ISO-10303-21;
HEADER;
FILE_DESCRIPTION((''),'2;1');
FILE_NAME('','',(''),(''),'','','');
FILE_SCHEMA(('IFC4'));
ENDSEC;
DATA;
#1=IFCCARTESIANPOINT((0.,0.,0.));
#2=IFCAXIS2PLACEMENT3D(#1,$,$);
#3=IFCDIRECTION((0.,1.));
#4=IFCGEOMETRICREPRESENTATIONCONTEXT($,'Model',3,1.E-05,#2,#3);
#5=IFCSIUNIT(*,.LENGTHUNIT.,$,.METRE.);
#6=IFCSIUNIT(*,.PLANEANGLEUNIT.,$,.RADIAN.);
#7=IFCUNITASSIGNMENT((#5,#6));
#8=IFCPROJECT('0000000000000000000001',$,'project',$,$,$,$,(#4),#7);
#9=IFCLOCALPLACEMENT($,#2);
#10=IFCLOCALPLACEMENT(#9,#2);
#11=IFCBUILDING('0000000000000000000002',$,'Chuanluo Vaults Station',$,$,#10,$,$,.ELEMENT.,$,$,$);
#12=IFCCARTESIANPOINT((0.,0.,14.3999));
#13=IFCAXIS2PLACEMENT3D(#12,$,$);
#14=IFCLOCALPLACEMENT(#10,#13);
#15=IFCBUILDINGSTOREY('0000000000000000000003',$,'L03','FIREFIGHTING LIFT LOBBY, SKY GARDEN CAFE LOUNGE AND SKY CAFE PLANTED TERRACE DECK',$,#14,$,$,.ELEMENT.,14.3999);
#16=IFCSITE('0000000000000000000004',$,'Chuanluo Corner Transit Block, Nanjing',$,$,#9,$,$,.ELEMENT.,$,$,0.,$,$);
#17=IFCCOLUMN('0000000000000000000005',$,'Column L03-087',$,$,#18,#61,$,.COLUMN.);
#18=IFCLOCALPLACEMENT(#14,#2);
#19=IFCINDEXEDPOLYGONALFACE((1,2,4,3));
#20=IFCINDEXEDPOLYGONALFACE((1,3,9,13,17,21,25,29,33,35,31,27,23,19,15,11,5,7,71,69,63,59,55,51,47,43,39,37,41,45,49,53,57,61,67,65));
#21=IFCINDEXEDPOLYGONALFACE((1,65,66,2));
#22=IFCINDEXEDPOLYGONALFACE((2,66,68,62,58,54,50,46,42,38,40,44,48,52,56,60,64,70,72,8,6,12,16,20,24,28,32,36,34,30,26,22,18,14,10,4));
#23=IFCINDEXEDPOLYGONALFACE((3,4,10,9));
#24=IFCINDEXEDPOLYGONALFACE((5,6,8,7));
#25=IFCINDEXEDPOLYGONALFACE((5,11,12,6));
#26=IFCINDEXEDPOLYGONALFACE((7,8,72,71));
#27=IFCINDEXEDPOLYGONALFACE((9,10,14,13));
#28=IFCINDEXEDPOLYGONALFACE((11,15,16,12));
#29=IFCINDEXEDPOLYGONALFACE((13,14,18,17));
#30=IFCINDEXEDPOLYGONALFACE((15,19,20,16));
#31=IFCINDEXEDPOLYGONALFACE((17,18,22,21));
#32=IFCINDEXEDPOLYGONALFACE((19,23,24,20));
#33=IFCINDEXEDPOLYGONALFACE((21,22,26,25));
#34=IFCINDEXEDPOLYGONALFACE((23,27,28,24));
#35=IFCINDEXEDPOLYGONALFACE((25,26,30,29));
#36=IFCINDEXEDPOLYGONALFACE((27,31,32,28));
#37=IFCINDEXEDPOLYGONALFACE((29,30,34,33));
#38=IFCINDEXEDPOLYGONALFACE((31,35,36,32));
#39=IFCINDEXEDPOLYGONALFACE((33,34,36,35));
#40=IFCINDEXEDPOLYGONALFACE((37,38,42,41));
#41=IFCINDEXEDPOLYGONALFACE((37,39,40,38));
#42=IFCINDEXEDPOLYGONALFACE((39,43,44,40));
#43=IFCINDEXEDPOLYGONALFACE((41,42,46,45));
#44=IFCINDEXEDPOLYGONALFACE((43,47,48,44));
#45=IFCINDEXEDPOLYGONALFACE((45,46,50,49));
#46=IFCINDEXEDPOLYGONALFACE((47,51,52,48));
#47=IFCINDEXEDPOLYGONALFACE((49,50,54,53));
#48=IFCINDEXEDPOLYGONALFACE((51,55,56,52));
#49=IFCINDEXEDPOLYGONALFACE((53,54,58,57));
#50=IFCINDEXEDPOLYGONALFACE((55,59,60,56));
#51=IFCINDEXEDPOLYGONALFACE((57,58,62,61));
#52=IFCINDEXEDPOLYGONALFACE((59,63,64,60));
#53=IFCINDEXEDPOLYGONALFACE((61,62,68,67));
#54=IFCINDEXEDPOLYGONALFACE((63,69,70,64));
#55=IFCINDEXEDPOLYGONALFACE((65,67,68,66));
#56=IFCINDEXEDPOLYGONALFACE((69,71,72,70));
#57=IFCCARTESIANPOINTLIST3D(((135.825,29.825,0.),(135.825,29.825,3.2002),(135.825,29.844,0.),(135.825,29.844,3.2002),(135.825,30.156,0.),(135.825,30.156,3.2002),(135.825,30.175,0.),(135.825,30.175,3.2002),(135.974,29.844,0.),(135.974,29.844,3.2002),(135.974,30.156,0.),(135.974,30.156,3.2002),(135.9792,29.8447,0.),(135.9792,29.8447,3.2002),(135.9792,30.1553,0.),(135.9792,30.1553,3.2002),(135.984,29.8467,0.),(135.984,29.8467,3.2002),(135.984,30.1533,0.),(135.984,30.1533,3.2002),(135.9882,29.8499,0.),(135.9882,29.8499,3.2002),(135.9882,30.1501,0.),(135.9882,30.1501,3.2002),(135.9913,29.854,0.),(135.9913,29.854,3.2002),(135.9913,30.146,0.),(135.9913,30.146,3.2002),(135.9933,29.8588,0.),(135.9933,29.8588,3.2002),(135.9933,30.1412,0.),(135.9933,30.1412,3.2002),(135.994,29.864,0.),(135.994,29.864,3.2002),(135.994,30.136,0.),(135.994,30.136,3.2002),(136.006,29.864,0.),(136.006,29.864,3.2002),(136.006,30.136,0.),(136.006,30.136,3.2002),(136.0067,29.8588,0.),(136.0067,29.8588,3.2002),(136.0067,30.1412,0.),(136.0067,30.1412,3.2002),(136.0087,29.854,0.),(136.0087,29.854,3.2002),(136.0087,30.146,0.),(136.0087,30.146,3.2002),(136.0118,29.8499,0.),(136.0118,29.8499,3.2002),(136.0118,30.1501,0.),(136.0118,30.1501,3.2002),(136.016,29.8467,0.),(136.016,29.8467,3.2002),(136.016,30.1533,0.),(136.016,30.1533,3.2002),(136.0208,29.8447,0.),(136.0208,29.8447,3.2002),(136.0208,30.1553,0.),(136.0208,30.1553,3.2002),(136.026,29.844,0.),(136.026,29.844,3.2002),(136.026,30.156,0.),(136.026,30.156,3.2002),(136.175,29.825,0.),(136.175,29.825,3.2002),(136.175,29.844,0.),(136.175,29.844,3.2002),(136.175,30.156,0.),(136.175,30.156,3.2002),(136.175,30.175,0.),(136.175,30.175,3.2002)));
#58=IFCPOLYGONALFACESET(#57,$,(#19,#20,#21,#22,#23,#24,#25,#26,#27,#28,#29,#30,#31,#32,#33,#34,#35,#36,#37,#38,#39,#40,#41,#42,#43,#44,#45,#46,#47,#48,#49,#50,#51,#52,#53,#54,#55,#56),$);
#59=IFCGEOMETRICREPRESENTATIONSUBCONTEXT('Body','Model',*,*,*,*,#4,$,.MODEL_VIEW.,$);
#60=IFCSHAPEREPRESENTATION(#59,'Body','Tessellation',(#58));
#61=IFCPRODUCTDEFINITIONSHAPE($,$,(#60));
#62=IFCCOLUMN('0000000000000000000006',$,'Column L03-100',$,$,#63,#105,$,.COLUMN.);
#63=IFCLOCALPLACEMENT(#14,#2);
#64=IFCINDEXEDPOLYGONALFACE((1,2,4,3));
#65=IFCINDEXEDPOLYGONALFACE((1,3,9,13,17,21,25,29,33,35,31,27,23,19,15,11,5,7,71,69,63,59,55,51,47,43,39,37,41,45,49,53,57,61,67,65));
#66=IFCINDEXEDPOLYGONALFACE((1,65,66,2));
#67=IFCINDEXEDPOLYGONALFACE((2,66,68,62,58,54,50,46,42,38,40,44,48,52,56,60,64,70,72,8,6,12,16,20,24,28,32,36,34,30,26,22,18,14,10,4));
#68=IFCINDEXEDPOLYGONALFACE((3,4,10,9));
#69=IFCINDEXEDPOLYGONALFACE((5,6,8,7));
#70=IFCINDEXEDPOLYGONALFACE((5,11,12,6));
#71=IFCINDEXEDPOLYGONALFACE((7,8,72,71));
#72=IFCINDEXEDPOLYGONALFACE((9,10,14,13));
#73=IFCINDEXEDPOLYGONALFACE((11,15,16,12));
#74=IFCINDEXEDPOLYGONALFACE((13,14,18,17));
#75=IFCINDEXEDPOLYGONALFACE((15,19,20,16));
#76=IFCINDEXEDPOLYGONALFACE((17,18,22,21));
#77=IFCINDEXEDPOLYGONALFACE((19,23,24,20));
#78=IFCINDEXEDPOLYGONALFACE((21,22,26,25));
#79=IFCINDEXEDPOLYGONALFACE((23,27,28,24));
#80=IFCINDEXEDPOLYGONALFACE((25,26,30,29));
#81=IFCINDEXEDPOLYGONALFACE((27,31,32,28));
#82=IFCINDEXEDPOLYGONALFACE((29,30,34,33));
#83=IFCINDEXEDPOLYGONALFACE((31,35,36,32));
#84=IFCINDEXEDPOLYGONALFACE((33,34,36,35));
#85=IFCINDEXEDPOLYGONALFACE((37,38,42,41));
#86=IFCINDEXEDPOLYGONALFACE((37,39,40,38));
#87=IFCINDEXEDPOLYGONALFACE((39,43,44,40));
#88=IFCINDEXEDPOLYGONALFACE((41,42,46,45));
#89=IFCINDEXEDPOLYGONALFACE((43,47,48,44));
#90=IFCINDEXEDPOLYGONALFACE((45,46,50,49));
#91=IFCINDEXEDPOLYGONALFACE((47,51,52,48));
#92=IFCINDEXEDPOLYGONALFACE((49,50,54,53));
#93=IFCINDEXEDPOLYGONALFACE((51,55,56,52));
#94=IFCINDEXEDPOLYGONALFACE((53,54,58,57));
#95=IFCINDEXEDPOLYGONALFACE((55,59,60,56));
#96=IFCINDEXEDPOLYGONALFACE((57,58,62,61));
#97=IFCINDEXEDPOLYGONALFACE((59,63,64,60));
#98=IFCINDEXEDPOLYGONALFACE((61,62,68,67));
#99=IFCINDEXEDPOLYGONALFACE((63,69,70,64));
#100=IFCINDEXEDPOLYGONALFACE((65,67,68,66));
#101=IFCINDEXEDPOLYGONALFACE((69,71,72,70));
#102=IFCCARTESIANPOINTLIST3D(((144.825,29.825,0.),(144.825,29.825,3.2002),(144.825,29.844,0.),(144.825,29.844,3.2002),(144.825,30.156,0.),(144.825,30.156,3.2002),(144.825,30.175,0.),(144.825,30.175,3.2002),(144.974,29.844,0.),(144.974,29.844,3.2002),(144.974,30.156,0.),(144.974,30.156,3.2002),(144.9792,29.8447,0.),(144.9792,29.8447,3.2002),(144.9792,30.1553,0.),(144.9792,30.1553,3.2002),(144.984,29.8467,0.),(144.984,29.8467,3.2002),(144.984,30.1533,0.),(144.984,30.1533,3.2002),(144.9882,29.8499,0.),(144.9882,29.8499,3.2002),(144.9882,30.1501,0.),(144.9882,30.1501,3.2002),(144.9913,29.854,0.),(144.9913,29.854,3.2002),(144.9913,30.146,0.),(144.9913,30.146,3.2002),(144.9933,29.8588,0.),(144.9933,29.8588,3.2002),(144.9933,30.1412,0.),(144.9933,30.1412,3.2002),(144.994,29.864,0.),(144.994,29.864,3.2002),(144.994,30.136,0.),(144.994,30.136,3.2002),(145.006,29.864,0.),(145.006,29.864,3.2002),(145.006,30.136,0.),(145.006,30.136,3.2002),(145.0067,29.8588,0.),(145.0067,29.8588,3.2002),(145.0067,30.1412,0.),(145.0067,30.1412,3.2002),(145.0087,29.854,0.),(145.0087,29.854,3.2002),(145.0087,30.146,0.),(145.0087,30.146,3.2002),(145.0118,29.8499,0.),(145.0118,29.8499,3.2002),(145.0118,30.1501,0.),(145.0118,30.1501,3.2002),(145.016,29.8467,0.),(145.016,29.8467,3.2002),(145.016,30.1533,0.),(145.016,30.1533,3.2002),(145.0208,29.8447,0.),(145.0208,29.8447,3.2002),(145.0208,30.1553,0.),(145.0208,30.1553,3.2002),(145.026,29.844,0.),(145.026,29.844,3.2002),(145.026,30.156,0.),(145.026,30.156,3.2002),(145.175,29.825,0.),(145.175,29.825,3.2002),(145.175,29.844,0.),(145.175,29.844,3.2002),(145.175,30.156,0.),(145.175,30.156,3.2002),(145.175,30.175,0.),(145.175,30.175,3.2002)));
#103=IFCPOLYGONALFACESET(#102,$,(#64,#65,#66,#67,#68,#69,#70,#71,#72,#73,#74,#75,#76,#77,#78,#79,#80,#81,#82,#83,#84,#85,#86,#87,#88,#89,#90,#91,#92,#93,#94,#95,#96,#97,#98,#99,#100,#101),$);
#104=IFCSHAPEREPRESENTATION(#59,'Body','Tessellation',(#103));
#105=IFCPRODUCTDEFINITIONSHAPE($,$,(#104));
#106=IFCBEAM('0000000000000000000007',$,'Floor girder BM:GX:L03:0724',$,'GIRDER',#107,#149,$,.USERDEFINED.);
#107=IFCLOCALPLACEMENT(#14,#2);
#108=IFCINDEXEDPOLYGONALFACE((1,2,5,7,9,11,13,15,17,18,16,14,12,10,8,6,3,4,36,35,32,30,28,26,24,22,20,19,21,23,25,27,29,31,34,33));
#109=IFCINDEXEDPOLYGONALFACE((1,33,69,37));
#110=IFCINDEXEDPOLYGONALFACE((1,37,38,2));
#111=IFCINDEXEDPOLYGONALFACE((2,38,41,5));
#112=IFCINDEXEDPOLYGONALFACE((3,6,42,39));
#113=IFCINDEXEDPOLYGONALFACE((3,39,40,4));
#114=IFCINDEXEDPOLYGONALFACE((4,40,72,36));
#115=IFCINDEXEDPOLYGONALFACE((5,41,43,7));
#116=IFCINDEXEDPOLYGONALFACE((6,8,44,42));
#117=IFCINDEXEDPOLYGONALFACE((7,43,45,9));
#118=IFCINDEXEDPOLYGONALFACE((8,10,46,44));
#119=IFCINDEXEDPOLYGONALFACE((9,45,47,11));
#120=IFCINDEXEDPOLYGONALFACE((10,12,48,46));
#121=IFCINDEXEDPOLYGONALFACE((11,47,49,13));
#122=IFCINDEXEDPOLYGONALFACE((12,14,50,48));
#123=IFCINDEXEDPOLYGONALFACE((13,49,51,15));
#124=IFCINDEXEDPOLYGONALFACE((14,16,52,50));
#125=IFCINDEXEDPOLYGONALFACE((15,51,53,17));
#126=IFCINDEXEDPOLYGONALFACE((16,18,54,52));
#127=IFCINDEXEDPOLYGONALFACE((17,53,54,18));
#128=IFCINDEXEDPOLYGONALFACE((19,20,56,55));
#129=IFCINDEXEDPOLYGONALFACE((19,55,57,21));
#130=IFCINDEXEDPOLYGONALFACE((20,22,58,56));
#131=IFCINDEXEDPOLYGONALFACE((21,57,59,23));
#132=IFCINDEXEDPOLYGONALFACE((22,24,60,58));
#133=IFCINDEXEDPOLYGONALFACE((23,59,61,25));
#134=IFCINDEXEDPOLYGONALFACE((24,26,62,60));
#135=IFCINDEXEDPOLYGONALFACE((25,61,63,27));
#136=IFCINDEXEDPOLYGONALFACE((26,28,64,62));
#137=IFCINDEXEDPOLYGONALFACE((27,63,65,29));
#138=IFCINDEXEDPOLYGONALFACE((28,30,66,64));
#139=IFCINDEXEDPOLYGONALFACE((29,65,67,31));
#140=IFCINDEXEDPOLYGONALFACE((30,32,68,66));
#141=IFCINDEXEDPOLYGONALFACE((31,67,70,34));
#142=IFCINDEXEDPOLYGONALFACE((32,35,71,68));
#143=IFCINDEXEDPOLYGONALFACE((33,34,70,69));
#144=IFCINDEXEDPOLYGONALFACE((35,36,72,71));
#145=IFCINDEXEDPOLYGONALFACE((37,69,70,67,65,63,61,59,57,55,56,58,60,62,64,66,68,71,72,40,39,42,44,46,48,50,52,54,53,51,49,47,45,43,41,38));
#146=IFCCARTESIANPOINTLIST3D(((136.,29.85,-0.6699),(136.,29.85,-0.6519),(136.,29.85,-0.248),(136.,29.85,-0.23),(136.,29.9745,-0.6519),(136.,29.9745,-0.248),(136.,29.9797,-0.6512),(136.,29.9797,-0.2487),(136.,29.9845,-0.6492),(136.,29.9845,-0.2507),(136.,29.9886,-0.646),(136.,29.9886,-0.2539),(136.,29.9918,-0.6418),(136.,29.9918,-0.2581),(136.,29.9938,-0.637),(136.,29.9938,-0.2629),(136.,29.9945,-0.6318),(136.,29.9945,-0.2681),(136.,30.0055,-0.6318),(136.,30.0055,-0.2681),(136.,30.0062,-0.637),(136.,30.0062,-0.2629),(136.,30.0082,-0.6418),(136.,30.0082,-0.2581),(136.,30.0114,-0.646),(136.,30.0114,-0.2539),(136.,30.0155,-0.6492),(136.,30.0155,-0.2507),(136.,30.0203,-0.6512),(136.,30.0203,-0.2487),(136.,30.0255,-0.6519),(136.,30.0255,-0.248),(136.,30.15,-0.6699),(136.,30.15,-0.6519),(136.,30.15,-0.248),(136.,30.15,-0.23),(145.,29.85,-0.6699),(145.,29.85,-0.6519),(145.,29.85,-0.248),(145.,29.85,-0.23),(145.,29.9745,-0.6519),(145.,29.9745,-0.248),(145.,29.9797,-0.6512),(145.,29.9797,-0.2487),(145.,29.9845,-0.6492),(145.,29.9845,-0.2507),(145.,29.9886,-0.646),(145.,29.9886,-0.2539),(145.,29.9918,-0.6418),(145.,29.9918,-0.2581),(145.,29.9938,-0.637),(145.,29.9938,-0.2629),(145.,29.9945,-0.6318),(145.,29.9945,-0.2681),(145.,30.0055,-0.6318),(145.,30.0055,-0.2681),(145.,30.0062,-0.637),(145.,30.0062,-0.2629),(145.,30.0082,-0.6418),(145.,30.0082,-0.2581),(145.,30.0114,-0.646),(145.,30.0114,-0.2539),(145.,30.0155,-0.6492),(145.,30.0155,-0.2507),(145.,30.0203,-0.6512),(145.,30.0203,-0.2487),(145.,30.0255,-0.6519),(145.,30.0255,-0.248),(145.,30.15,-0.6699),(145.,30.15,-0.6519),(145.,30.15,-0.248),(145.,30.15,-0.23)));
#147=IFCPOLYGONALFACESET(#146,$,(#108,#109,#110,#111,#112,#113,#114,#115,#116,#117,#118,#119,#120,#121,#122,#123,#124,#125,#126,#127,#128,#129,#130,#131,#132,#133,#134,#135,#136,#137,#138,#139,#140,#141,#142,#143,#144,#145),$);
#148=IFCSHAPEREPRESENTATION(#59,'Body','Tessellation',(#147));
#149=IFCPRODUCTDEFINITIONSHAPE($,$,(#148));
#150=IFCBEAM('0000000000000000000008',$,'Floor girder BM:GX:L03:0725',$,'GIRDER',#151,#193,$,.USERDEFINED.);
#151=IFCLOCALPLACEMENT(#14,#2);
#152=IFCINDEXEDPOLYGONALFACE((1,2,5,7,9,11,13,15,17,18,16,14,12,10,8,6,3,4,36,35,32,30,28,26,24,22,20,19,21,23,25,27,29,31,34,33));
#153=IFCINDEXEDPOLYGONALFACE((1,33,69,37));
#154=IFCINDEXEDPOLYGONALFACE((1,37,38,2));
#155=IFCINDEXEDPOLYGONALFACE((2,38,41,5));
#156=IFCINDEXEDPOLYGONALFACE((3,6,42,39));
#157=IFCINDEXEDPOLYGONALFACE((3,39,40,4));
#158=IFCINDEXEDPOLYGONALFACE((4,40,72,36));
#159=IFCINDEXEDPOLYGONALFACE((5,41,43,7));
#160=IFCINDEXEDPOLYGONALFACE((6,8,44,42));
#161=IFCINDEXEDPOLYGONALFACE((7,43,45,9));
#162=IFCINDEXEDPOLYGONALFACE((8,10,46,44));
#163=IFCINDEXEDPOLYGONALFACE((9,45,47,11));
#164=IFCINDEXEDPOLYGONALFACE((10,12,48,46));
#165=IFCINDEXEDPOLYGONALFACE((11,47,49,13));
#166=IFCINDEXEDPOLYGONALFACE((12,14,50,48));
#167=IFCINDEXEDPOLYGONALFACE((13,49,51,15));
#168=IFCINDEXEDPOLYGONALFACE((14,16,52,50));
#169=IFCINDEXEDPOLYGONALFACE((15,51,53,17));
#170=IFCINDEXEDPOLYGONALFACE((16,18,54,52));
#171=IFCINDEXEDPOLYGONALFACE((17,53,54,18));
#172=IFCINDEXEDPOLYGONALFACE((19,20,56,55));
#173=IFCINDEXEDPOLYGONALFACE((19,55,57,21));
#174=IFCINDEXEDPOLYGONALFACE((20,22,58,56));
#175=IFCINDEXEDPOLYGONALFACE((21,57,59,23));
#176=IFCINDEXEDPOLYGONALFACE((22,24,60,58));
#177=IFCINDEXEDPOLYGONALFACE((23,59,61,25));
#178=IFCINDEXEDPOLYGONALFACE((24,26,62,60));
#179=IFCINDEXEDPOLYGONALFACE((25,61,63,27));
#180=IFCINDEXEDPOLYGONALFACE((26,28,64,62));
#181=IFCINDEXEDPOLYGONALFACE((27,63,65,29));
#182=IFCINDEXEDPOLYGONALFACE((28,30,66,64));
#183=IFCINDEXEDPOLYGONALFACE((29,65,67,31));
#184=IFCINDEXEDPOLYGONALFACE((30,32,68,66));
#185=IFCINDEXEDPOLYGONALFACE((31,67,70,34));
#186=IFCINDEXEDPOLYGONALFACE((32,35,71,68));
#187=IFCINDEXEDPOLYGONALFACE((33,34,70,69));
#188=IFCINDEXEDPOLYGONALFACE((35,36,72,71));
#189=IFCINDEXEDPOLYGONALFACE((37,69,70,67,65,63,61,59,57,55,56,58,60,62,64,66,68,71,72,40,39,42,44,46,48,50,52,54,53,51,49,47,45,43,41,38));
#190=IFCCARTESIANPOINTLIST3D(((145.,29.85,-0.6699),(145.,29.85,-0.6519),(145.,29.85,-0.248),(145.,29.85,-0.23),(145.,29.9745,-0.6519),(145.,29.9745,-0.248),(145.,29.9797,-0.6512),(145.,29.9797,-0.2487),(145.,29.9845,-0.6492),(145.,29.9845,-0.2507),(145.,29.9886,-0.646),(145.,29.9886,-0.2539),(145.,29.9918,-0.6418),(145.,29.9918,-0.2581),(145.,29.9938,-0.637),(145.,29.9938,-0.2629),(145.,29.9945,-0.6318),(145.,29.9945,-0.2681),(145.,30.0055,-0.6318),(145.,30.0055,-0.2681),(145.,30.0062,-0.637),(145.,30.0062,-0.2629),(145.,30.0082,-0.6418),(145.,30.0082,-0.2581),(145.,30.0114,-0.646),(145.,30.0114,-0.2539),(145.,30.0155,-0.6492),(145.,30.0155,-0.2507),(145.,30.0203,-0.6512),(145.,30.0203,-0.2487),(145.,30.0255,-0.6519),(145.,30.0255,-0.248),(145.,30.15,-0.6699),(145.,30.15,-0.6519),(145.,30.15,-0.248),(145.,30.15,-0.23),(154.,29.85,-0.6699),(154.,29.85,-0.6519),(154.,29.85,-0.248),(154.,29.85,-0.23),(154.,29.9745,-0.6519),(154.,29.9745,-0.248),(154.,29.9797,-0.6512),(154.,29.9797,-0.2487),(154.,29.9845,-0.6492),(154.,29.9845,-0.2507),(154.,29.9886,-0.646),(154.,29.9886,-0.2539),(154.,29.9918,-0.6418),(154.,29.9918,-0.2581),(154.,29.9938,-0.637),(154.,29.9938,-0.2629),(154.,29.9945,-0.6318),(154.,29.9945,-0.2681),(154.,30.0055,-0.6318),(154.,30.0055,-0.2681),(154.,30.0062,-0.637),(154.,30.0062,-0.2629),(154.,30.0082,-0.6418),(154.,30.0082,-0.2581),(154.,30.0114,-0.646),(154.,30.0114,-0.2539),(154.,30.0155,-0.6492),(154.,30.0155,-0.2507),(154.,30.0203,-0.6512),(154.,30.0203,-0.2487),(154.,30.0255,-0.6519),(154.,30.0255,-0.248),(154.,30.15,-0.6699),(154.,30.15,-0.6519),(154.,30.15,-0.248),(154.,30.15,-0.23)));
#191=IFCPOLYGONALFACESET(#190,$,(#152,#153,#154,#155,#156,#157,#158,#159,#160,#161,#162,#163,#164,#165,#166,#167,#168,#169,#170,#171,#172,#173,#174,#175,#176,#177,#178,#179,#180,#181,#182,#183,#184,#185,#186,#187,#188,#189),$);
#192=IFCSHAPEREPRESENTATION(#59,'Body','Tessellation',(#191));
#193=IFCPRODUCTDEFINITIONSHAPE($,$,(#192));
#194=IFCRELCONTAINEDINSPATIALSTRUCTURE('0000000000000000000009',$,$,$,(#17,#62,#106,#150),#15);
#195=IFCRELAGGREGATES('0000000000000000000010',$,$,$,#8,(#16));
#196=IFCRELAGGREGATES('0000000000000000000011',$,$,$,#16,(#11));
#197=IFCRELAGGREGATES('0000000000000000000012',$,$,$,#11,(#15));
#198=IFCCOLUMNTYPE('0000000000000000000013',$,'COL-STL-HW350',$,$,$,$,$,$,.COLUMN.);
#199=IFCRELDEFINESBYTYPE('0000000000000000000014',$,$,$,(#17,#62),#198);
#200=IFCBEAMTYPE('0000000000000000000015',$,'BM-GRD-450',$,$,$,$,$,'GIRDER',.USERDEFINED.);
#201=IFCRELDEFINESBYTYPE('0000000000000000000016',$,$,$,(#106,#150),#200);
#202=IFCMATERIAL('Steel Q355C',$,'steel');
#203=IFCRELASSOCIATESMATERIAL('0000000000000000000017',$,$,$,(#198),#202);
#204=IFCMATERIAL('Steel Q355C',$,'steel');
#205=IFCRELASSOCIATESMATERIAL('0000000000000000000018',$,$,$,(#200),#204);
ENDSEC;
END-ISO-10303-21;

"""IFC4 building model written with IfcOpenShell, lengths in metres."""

from ifc_helpers import new_model, si_unit, direction, frame, origin, origin_2d, place, context, subcontext, project, spatial, i_section, extrude, material, material_profile, profile_set, type_object, element, save


model = new_model("IFC4")

# Units and contexts
model_context = context("Model", 3, precision=1e-05, world=origin(), true_north=direction((0.0, 1.0)))
body_context = subcontext(model_context, "Body", "Model", "MODEL_VIEW")
ifc_project = project(units=[si_unit("LENGTHUNIT", "METRE"), si_unit("PLANEANGLEUNIT", "RADIAN")], contexts=[model_context])

# Site, building, storey
site_placement = place(None, origin())
site = spatial("IfcSite", under=ifc_project, at=site_placement, Name="Chuanluo Corner Transit Block, Nanjing", CompositionType="ELEMENT", RefElevation=0.0)
building_placement = place(site_placement, origin())
building = spatial("IfcBuilding", under=site, at=building_placement, Name="Chuanluo Vaults Station", CompositionType="ELEMENT")
storey_placement = place(building_placement, frame((0.0, 0.0, 14.3999)))
storey = spatial("IfcBuildingStorey", under=building, at=storey_placement, Name="L03", Description="FIREFIGHTING LIFT LOBBY, SKY GARDEN CAFE LOUNGE AND SKY CAFE PLANTED TERRACE DECK", CompositionType="ELEMENT", Elevation=14.3999)

# Columns
ifc_material_1 = material(Name="Steel Q355C", Category="steel")
ifc_material_profile_1 = material_profile(ifc_material_1, i_section(OverallWidth=0.3501, OverallDepth=0.3501, WebThickness=0.012, FlangeThickness=0.019, FilletRadius=0.02, at=origin_2d()))
ifc_profile_set_1 = profile_set([ifc_material_profile_1], Name="Steel Q355C")
column_type = type_object("IfcColumnType", Name="COL-STL-HW350", PredefinedType="COLUMN", material=ifc_profile_set_1)
for number, where, z_axis, x_axis, name in (
    (1, (136.0, 30.0, 0.0), (0.0, 0.0, 1.0), (1.0, 0.0, 0.0), "Column L03-087"),
    (2, (145.0, 30.0, 0.0), (0.0, 0.0, 1.0), (1.0, 0.0, 0.0), "Column L03-100"),
):
    element("IfcColumn", number, at=place(storey_placement, frame(where, z_axis=z_axis, x_axis=x_axis)), inside=storey, type_object=column_type, Name=name, PredefinedType="COLUMN", context=body_context, shape_type="SweptSolid", body=[
        extrude(i_section(OverallWidth=0.3501, OverallDepth=0.3501, WebThickness=0.012, FlangeThickness=0.019, FilletRadius=0.02, at=origin_2d()), origin(), (0.0, 0.0, 1.0), 3.2002),
    ])

# Beams
ifc_material_2 = material(Name="Steel Q355C", Category="steel")
ifc_material_profile_2 = material_profile(ifc_material_2, i_section(OverallWidth=0.3, OverallDepth=0.4399, WebThickness=0.011, FlangeThickness=0.0181, FilletRadius=0.02, at=origin_2d()))
ifc_profile_set_2 = profile_set([ifc_material_profile_2], Name="Steel Q355C")
beam_type_1 = type_object("IfcBeamType", Name="BM-GRD-450", ElementType="GIRDER", PredefinedType="USERDEFINED", material=ifc_profile_set_2)
for number, where, z_axis, x_axis, name in (
    (3, (136.0, 30.0, -0.45), (1.0, 0.0, 0.0), (0.0, 1.0, 0.0), "Floor girder BM:GX:L03:0724"),
    (4, (145.0, 30.0, -0.45), (1.0, 0.0, 0.0), (0.0, 1.0, 0.0), "Floor girder BM:GX:L03:0725"),
):
    element("IfcBeam", number, at=place(storey_placement, frame(where, z_axis=z_axis, x_axis=x_axis)), inside=storey, type_object=beam_type_1, Name=name, ObjectType="GIRDER", PredefinedType="USERDEFINED", context=body_context, shape_type="SweptSolid", body=[
        extrude(i_section(OverallWidth=0.3, OverallDepth=0.4399, WebThickness=0.011, FlangeThickness=0.0181, FilletRadius=0.02, at=origin_2d()), origin(), (0.0, 0.0, 1.0), 9.0),
    ])

save(model, "model.ifc")
